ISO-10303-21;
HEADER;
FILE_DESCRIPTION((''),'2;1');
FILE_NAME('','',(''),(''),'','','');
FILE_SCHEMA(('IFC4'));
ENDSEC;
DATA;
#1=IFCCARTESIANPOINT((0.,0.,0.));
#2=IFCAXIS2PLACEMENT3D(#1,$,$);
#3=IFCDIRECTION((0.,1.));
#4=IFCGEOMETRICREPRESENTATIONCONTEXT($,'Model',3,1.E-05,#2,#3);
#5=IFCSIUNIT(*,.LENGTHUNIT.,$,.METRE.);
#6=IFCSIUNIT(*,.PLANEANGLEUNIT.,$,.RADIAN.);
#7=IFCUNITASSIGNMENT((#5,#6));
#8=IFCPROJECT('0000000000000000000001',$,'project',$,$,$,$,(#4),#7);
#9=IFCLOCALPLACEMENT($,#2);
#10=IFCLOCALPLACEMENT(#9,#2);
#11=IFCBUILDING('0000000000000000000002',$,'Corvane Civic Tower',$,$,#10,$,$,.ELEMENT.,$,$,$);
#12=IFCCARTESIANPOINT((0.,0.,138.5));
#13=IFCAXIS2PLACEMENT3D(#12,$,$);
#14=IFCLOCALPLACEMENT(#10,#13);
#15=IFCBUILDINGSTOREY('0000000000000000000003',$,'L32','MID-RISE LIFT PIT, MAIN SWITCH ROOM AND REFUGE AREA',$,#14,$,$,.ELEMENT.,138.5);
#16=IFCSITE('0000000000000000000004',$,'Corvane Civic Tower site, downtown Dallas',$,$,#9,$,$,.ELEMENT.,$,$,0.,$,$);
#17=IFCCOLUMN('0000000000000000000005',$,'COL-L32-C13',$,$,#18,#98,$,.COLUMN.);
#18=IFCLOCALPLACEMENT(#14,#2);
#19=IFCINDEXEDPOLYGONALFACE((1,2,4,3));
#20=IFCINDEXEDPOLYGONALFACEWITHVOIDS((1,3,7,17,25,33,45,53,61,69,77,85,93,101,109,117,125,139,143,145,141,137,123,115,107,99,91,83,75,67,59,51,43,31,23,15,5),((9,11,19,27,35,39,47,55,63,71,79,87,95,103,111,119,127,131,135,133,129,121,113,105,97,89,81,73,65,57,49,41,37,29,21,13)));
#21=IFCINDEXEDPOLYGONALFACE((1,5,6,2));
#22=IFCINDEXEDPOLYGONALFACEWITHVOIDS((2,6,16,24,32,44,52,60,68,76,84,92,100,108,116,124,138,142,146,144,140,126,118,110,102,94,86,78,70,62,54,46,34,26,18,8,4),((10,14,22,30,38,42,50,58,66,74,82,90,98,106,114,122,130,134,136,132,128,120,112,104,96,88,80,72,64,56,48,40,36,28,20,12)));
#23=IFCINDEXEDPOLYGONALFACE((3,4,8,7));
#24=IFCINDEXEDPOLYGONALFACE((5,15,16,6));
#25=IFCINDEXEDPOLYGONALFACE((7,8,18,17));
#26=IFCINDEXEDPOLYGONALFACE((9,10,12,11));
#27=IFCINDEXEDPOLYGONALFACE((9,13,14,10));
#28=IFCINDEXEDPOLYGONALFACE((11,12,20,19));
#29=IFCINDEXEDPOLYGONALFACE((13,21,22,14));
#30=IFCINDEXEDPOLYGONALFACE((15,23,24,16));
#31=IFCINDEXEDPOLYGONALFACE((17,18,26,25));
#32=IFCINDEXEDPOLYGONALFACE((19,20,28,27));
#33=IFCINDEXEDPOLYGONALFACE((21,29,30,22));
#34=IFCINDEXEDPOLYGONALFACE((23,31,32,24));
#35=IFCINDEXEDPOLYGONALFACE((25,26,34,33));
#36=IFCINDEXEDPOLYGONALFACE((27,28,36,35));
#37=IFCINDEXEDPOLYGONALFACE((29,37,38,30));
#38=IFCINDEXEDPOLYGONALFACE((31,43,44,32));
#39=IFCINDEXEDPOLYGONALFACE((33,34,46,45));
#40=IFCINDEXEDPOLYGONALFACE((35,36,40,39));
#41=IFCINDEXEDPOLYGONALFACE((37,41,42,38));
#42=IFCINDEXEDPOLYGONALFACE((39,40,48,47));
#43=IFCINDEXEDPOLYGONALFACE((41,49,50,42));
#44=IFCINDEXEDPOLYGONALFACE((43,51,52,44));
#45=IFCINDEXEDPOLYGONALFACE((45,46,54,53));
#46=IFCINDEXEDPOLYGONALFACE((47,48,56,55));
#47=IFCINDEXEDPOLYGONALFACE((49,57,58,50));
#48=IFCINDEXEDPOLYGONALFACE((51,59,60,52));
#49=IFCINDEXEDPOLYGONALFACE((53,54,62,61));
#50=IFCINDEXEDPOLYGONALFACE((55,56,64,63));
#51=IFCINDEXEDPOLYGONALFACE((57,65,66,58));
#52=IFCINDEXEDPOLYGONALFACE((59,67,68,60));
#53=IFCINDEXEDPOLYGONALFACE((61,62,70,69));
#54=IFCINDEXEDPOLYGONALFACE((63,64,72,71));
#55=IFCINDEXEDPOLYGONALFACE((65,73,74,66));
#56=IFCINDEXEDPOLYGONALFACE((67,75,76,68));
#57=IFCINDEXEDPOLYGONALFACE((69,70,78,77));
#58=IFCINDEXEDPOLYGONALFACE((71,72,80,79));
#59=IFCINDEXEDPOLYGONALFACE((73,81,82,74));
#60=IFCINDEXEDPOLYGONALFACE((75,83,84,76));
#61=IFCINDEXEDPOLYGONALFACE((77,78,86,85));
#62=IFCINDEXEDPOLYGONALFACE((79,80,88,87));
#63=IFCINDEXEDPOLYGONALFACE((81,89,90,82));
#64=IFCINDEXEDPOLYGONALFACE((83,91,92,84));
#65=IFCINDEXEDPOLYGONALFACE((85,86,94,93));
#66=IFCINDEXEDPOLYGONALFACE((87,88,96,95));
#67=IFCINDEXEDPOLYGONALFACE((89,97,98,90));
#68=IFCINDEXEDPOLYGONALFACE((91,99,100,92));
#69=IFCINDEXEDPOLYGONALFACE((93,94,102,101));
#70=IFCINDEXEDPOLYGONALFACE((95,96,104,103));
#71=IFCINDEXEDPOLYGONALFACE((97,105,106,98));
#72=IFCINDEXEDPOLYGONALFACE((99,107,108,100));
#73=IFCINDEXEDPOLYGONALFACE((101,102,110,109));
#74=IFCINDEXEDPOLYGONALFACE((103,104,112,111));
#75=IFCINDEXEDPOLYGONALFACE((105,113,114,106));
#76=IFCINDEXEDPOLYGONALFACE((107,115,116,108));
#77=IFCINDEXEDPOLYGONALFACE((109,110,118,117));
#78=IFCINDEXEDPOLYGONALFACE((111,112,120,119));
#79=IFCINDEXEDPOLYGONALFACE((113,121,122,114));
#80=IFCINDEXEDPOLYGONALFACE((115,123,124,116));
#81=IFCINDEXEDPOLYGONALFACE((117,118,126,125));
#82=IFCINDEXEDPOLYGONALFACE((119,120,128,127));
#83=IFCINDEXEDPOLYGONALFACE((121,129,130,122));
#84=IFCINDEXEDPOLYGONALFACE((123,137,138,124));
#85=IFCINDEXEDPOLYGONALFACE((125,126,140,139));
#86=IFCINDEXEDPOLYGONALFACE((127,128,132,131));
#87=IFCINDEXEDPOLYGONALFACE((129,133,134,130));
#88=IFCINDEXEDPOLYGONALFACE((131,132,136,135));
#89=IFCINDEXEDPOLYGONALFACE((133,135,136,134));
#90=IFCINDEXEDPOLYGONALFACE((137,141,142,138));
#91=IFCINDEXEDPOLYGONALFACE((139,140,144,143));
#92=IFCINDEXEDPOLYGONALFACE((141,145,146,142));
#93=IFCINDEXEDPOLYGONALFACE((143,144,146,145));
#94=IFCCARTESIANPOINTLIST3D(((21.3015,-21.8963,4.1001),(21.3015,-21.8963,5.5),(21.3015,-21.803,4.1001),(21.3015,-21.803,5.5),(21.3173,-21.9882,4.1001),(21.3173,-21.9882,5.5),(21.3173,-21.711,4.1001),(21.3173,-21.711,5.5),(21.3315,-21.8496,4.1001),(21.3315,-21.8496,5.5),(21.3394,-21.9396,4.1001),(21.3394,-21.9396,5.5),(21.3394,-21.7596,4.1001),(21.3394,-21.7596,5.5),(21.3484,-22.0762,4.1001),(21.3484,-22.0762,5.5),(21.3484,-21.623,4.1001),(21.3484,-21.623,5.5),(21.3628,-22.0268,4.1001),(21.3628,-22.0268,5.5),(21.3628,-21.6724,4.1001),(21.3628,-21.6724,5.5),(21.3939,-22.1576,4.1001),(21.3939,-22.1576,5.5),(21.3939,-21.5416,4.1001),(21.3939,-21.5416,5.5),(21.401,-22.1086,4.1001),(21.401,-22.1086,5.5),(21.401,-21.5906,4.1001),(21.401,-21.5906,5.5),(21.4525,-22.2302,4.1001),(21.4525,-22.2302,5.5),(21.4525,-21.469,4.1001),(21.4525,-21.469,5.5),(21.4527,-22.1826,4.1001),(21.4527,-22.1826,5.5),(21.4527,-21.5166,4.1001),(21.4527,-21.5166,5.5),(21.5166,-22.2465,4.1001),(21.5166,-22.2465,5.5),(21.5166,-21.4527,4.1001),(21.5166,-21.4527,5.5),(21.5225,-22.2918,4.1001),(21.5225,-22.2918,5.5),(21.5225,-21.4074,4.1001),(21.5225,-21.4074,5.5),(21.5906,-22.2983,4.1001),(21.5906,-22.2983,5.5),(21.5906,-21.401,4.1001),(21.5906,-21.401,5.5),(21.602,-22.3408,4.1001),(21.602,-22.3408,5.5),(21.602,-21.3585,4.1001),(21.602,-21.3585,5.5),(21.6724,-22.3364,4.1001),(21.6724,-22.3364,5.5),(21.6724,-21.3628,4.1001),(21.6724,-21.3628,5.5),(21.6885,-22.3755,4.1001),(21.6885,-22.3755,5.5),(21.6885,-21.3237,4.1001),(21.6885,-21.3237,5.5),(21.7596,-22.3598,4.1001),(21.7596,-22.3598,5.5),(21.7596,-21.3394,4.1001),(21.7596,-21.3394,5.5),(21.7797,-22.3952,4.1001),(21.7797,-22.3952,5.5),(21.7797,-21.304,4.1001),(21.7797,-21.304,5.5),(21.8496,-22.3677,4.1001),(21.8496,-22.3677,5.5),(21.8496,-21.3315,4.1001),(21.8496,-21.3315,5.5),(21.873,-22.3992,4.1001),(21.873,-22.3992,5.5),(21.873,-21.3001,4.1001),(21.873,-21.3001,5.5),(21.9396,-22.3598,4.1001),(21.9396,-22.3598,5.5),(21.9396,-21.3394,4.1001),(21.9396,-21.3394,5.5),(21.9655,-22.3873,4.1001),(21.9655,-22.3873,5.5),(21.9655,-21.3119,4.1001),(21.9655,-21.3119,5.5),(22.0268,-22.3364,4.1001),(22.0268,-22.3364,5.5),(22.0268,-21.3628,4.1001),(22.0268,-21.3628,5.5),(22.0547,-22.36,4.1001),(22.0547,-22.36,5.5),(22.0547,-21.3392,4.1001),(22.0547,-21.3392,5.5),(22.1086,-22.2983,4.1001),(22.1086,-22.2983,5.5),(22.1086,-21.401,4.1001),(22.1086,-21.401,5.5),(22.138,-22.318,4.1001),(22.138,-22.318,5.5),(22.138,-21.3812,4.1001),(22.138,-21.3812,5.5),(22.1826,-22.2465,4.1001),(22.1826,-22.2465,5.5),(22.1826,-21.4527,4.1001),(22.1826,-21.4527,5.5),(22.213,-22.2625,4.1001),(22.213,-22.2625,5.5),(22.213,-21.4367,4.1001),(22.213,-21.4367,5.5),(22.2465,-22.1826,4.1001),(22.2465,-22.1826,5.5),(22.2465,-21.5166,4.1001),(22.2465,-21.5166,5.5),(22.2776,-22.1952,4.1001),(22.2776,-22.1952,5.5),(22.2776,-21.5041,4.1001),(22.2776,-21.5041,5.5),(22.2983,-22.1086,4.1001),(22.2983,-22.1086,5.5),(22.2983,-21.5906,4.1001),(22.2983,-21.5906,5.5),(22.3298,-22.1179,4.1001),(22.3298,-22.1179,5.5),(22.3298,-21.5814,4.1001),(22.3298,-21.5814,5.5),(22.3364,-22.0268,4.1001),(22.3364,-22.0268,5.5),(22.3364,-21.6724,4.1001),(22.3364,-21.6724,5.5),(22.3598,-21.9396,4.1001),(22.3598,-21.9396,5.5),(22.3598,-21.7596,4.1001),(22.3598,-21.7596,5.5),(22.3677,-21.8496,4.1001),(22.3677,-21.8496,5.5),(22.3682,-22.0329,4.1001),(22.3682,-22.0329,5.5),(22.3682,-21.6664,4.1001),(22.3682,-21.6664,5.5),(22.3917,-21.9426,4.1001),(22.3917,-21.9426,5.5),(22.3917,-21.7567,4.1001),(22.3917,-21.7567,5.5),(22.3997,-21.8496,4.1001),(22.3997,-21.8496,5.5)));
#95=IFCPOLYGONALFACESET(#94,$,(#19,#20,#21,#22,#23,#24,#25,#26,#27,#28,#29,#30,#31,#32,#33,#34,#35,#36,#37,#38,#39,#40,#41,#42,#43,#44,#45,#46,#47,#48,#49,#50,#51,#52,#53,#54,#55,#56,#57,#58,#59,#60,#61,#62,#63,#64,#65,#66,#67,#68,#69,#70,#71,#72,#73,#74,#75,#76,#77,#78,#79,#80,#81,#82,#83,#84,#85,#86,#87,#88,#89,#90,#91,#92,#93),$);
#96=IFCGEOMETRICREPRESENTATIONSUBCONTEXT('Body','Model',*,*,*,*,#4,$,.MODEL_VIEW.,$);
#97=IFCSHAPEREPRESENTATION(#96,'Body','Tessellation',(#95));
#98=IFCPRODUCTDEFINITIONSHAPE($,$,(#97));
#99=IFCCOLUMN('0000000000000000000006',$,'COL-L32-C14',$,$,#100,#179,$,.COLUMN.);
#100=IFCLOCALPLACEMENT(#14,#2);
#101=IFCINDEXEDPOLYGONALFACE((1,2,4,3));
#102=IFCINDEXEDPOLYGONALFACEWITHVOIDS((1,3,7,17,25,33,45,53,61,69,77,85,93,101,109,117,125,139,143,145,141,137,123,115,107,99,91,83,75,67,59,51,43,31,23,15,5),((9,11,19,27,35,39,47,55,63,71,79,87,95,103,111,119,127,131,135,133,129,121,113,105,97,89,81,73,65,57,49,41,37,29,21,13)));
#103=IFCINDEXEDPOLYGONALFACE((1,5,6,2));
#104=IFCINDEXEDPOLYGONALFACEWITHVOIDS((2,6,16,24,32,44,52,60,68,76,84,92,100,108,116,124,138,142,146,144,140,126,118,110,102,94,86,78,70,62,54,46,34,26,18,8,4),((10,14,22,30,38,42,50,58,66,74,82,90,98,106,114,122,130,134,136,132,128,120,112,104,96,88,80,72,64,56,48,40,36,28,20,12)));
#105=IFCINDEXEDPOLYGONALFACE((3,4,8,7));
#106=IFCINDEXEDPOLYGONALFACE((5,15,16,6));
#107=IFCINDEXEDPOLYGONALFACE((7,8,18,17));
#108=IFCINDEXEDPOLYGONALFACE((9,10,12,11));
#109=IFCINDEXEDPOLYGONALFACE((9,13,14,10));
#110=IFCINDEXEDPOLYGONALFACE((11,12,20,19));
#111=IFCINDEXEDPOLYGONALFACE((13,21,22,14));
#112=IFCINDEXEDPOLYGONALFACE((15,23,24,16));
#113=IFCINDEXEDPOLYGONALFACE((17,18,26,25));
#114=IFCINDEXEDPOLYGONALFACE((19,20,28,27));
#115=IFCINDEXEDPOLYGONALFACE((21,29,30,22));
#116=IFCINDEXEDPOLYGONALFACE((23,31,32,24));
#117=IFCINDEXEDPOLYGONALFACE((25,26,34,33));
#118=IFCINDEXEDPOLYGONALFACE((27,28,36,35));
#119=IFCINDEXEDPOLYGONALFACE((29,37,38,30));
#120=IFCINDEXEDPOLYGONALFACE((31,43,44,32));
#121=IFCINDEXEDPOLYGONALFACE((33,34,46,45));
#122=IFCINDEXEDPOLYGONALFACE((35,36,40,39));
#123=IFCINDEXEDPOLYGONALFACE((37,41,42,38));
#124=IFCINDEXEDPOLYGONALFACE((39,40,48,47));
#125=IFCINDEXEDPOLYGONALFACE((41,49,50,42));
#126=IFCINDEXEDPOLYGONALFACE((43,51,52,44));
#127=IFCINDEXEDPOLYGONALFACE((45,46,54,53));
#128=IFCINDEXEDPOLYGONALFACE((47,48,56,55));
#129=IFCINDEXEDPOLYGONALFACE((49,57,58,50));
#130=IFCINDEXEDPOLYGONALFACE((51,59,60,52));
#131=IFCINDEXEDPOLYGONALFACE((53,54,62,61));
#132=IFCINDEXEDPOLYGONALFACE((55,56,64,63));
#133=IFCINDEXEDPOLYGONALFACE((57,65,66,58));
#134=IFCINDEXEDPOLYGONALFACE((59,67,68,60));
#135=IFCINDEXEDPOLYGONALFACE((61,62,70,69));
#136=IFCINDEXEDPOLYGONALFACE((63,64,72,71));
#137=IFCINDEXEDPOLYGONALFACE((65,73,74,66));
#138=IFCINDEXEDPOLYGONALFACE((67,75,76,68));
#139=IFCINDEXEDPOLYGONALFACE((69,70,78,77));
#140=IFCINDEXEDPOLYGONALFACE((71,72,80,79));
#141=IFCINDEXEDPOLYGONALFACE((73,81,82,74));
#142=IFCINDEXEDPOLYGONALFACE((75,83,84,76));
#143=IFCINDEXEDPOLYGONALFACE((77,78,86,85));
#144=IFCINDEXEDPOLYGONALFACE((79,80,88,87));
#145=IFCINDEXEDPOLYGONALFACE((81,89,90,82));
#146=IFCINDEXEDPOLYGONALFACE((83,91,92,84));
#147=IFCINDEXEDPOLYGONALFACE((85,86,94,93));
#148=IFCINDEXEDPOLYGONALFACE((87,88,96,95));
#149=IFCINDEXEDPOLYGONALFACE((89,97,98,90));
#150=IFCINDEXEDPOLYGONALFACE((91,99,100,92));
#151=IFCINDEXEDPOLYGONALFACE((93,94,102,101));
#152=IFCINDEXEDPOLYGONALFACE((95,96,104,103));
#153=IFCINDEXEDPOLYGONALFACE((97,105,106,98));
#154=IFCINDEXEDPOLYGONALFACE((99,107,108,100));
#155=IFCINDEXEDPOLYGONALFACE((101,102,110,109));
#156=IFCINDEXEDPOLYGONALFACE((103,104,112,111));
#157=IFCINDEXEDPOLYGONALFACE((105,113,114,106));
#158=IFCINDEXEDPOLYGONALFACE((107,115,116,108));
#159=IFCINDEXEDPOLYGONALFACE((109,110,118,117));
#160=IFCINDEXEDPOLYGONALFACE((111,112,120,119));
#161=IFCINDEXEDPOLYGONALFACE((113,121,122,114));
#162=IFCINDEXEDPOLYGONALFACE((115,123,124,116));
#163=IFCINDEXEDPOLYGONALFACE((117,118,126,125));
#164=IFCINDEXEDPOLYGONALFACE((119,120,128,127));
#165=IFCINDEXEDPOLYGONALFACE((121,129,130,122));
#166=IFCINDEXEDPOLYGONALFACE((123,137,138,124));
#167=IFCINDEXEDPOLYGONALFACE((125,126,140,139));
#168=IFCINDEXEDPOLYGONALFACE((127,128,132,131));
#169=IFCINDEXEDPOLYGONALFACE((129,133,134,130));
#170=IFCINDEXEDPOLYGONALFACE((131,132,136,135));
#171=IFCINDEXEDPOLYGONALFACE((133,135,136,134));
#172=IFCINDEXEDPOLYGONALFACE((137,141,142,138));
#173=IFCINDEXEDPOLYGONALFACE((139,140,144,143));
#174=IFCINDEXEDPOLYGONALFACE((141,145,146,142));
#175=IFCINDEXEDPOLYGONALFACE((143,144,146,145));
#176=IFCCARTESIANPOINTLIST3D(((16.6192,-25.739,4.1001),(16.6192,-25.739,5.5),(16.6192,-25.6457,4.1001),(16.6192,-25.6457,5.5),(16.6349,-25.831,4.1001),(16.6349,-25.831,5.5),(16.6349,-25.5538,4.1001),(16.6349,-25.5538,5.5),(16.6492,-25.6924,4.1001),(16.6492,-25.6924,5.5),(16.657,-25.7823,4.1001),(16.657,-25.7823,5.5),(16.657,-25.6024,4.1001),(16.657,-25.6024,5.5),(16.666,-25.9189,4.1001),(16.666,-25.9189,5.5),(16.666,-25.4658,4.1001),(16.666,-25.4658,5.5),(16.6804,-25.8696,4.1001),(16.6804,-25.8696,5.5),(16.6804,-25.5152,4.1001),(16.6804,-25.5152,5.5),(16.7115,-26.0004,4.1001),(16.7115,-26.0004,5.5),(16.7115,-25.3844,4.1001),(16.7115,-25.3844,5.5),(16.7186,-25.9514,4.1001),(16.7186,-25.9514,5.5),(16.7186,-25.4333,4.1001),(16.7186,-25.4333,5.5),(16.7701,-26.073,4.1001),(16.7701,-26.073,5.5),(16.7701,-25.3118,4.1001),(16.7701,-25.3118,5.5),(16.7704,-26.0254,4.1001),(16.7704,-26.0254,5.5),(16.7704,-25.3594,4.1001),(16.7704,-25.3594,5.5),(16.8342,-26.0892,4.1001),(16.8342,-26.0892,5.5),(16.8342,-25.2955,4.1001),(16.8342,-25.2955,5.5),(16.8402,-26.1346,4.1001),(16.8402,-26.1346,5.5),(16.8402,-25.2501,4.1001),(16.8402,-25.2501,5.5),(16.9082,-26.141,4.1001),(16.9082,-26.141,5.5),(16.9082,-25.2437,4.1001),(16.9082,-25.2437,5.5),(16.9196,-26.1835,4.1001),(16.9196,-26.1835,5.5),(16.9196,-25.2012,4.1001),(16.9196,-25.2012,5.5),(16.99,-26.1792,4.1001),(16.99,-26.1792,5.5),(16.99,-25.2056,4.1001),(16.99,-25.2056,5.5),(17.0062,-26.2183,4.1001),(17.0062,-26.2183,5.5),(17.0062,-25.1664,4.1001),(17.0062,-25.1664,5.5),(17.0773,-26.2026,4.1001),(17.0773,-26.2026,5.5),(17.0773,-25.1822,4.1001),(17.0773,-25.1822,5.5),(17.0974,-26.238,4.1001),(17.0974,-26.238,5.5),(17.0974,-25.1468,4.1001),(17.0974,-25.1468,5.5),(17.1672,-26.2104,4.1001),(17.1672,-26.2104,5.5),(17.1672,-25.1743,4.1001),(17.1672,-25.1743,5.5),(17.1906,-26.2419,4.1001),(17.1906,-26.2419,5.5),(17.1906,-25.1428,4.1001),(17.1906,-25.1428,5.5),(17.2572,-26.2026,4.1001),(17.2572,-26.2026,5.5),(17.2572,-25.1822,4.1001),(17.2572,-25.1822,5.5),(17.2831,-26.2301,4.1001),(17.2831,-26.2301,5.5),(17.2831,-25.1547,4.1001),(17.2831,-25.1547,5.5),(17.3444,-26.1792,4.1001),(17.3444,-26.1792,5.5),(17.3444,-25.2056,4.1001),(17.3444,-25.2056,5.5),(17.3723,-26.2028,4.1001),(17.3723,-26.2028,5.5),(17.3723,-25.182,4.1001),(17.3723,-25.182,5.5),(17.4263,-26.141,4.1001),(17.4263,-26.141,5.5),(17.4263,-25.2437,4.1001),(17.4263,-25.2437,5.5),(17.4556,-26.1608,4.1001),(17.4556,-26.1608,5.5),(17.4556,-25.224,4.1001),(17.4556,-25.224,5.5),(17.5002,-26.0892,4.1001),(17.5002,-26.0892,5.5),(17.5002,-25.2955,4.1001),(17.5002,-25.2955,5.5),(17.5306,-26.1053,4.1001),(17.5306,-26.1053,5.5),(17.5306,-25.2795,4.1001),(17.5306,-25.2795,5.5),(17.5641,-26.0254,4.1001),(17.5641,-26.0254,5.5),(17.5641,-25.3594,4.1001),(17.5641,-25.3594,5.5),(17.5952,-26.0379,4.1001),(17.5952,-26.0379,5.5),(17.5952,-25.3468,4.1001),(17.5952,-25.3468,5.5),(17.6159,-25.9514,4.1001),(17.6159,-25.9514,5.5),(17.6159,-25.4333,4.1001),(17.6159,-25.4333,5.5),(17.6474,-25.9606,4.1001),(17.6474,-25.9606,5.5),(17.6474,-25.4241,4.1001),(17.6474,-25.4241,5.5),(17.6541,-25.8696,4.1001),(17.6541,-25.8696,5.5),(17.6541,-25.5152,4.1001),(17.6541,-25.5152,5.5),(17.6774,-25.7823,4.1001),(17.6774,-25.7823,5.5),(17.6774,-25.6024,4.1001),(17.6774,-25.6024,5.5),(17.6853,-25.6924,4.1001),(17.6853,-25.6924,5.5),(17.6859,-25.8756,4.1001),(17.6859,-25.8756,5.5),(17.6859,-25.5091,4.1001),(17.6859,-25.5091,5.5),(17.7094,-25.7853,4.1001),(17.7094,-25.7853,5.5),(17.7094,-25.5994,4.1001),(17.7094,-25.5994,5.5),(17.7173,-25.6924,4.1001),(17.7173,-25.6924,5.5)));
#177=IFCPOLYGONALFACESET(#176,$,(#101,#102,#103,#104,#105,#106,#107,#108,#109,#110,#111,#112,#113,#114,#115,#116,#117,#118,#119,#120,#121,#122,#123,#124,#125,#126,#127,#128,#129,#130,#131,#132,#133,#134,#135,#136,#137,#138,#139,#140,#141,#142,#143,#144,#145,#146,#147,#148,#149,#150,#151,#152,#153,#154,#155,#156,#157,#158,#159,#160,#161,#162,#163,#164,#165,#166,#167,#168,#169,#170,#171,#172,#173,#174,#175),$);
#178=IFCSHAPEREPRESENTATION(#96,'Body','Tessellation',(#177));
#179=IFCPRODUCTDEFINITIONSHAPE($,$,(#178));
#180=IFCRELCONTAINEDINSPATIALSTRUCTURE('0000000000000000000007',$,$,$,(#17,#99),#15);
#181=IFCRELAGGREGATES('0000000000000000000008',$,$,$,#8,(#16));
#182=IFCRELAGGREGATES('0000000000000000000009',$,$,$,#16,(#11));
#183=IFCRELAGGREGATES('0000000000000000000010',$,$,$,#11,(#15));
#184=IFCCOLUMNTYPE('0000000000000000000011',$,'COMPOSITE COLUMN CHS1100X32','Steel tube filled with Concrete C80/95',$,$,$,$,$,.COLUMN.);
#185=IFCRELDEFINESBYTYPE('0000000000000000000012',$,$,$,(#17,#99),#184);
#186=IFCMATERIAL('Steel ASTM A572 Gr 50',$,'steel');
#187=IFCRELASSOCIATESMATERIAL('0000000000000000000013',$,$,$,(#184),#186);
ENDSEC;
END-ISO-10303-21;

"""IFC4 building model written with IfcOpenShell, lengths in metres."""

from ifc_helpers import new_model, si_unit, direction, frame, origin, origin_2d, place, context, subcontext, project, spatial, hollow_circle, extrude, material, material_profile, profile_set, type_object, element, save


model = new_model("IFC4")

# Units and contexts
model_context = context("Model", 3, precision=1e-05, world=origin(), true_north=direction((0.0, 1.0)))
body_context = subcontext(model_context, "Body", "Model", "MODEL_VIEW")
ifc_project = project(units=[si_unit("LENGTHUNIT", "METRE"), si_unit("PLANEANGLEUNIT", "RADIAN")], contexts=[model_context])

# Site, building, storey
site_placement = place(None, origin())
site = spatial("IfcSite", under=ifc_project, at=site_placement, Name="Corvane Civic Tower site, downtown Dallas", CompositionType="ELEMENT", RefElevation=0.0)
building_placement = place(site_placement, origin())
building = spatial("IfcBuilding", under=site, at=building_placement, Name="Corvane Civic Tower", CompositionType="ELEMENT")
storey_placement = place(building_placement, frame((0.0, 0.0, 138.5)))
storey = spatial("IfcBuildingStorey", under=building, at=storey_placement, Name="L32", Description="MID-RISE LIFT PIT, MAIN SWITCH ROOM AND REFUGE AREA", CompositionType="ELEMENT", Elevation=138.5)

# Columns
ifc_material_1 = material(Name="Steel ASTM A572 Gr 50", Category="steel")
ifc_material_profile_1 = material_profile(ifc_material_1, hollow_circle(Radius=0.55, WallThickness=0.032, at=origin_2d()), Name="CHS1100X32")
ifc_profile_set_1 = profile_set([ifc_material_profile_1], Name="Steel ASTM A572 Gr 50")
column_type_1 = type_object("IfcColumnType", Name="COMPOSITE COLUMN CHS1100X32", Description="Steel tube filled with Concrete C80/95", PredefinedType="COLUMN", material=ifc_profile_set_1)
for number, where, z_axis, x_axis, name in (
    (1, (21.8496, -21.8496, 4.1001), (0.0, 0.0, 1.0), (1.0, 0.0, 0.0), "COL-L32-C13"),
    (2, (17.1672, -25.6924, 4.1001), (0.0, 0.0, 1.0), (1.0, 0.0, 0.0), "COL-L32-C14"),
):
    element("IfcColumn", number, at=place(storey_placement, frame(where, z_axis=z_axis, x_axis=x_axis)), inside=storey, type_object=column_type_1, Name=name, PredefinedType="COLUMN", context=body_context, shape_type="SweptSolid", body=[
        extrude(hollow_circle(Radius=0.55, WallThickness=0.032, at=origin_2d()), origin(), (0.0, 0.0, 1.0), 1.3999),
    ])

save(model, "model.ifc")
